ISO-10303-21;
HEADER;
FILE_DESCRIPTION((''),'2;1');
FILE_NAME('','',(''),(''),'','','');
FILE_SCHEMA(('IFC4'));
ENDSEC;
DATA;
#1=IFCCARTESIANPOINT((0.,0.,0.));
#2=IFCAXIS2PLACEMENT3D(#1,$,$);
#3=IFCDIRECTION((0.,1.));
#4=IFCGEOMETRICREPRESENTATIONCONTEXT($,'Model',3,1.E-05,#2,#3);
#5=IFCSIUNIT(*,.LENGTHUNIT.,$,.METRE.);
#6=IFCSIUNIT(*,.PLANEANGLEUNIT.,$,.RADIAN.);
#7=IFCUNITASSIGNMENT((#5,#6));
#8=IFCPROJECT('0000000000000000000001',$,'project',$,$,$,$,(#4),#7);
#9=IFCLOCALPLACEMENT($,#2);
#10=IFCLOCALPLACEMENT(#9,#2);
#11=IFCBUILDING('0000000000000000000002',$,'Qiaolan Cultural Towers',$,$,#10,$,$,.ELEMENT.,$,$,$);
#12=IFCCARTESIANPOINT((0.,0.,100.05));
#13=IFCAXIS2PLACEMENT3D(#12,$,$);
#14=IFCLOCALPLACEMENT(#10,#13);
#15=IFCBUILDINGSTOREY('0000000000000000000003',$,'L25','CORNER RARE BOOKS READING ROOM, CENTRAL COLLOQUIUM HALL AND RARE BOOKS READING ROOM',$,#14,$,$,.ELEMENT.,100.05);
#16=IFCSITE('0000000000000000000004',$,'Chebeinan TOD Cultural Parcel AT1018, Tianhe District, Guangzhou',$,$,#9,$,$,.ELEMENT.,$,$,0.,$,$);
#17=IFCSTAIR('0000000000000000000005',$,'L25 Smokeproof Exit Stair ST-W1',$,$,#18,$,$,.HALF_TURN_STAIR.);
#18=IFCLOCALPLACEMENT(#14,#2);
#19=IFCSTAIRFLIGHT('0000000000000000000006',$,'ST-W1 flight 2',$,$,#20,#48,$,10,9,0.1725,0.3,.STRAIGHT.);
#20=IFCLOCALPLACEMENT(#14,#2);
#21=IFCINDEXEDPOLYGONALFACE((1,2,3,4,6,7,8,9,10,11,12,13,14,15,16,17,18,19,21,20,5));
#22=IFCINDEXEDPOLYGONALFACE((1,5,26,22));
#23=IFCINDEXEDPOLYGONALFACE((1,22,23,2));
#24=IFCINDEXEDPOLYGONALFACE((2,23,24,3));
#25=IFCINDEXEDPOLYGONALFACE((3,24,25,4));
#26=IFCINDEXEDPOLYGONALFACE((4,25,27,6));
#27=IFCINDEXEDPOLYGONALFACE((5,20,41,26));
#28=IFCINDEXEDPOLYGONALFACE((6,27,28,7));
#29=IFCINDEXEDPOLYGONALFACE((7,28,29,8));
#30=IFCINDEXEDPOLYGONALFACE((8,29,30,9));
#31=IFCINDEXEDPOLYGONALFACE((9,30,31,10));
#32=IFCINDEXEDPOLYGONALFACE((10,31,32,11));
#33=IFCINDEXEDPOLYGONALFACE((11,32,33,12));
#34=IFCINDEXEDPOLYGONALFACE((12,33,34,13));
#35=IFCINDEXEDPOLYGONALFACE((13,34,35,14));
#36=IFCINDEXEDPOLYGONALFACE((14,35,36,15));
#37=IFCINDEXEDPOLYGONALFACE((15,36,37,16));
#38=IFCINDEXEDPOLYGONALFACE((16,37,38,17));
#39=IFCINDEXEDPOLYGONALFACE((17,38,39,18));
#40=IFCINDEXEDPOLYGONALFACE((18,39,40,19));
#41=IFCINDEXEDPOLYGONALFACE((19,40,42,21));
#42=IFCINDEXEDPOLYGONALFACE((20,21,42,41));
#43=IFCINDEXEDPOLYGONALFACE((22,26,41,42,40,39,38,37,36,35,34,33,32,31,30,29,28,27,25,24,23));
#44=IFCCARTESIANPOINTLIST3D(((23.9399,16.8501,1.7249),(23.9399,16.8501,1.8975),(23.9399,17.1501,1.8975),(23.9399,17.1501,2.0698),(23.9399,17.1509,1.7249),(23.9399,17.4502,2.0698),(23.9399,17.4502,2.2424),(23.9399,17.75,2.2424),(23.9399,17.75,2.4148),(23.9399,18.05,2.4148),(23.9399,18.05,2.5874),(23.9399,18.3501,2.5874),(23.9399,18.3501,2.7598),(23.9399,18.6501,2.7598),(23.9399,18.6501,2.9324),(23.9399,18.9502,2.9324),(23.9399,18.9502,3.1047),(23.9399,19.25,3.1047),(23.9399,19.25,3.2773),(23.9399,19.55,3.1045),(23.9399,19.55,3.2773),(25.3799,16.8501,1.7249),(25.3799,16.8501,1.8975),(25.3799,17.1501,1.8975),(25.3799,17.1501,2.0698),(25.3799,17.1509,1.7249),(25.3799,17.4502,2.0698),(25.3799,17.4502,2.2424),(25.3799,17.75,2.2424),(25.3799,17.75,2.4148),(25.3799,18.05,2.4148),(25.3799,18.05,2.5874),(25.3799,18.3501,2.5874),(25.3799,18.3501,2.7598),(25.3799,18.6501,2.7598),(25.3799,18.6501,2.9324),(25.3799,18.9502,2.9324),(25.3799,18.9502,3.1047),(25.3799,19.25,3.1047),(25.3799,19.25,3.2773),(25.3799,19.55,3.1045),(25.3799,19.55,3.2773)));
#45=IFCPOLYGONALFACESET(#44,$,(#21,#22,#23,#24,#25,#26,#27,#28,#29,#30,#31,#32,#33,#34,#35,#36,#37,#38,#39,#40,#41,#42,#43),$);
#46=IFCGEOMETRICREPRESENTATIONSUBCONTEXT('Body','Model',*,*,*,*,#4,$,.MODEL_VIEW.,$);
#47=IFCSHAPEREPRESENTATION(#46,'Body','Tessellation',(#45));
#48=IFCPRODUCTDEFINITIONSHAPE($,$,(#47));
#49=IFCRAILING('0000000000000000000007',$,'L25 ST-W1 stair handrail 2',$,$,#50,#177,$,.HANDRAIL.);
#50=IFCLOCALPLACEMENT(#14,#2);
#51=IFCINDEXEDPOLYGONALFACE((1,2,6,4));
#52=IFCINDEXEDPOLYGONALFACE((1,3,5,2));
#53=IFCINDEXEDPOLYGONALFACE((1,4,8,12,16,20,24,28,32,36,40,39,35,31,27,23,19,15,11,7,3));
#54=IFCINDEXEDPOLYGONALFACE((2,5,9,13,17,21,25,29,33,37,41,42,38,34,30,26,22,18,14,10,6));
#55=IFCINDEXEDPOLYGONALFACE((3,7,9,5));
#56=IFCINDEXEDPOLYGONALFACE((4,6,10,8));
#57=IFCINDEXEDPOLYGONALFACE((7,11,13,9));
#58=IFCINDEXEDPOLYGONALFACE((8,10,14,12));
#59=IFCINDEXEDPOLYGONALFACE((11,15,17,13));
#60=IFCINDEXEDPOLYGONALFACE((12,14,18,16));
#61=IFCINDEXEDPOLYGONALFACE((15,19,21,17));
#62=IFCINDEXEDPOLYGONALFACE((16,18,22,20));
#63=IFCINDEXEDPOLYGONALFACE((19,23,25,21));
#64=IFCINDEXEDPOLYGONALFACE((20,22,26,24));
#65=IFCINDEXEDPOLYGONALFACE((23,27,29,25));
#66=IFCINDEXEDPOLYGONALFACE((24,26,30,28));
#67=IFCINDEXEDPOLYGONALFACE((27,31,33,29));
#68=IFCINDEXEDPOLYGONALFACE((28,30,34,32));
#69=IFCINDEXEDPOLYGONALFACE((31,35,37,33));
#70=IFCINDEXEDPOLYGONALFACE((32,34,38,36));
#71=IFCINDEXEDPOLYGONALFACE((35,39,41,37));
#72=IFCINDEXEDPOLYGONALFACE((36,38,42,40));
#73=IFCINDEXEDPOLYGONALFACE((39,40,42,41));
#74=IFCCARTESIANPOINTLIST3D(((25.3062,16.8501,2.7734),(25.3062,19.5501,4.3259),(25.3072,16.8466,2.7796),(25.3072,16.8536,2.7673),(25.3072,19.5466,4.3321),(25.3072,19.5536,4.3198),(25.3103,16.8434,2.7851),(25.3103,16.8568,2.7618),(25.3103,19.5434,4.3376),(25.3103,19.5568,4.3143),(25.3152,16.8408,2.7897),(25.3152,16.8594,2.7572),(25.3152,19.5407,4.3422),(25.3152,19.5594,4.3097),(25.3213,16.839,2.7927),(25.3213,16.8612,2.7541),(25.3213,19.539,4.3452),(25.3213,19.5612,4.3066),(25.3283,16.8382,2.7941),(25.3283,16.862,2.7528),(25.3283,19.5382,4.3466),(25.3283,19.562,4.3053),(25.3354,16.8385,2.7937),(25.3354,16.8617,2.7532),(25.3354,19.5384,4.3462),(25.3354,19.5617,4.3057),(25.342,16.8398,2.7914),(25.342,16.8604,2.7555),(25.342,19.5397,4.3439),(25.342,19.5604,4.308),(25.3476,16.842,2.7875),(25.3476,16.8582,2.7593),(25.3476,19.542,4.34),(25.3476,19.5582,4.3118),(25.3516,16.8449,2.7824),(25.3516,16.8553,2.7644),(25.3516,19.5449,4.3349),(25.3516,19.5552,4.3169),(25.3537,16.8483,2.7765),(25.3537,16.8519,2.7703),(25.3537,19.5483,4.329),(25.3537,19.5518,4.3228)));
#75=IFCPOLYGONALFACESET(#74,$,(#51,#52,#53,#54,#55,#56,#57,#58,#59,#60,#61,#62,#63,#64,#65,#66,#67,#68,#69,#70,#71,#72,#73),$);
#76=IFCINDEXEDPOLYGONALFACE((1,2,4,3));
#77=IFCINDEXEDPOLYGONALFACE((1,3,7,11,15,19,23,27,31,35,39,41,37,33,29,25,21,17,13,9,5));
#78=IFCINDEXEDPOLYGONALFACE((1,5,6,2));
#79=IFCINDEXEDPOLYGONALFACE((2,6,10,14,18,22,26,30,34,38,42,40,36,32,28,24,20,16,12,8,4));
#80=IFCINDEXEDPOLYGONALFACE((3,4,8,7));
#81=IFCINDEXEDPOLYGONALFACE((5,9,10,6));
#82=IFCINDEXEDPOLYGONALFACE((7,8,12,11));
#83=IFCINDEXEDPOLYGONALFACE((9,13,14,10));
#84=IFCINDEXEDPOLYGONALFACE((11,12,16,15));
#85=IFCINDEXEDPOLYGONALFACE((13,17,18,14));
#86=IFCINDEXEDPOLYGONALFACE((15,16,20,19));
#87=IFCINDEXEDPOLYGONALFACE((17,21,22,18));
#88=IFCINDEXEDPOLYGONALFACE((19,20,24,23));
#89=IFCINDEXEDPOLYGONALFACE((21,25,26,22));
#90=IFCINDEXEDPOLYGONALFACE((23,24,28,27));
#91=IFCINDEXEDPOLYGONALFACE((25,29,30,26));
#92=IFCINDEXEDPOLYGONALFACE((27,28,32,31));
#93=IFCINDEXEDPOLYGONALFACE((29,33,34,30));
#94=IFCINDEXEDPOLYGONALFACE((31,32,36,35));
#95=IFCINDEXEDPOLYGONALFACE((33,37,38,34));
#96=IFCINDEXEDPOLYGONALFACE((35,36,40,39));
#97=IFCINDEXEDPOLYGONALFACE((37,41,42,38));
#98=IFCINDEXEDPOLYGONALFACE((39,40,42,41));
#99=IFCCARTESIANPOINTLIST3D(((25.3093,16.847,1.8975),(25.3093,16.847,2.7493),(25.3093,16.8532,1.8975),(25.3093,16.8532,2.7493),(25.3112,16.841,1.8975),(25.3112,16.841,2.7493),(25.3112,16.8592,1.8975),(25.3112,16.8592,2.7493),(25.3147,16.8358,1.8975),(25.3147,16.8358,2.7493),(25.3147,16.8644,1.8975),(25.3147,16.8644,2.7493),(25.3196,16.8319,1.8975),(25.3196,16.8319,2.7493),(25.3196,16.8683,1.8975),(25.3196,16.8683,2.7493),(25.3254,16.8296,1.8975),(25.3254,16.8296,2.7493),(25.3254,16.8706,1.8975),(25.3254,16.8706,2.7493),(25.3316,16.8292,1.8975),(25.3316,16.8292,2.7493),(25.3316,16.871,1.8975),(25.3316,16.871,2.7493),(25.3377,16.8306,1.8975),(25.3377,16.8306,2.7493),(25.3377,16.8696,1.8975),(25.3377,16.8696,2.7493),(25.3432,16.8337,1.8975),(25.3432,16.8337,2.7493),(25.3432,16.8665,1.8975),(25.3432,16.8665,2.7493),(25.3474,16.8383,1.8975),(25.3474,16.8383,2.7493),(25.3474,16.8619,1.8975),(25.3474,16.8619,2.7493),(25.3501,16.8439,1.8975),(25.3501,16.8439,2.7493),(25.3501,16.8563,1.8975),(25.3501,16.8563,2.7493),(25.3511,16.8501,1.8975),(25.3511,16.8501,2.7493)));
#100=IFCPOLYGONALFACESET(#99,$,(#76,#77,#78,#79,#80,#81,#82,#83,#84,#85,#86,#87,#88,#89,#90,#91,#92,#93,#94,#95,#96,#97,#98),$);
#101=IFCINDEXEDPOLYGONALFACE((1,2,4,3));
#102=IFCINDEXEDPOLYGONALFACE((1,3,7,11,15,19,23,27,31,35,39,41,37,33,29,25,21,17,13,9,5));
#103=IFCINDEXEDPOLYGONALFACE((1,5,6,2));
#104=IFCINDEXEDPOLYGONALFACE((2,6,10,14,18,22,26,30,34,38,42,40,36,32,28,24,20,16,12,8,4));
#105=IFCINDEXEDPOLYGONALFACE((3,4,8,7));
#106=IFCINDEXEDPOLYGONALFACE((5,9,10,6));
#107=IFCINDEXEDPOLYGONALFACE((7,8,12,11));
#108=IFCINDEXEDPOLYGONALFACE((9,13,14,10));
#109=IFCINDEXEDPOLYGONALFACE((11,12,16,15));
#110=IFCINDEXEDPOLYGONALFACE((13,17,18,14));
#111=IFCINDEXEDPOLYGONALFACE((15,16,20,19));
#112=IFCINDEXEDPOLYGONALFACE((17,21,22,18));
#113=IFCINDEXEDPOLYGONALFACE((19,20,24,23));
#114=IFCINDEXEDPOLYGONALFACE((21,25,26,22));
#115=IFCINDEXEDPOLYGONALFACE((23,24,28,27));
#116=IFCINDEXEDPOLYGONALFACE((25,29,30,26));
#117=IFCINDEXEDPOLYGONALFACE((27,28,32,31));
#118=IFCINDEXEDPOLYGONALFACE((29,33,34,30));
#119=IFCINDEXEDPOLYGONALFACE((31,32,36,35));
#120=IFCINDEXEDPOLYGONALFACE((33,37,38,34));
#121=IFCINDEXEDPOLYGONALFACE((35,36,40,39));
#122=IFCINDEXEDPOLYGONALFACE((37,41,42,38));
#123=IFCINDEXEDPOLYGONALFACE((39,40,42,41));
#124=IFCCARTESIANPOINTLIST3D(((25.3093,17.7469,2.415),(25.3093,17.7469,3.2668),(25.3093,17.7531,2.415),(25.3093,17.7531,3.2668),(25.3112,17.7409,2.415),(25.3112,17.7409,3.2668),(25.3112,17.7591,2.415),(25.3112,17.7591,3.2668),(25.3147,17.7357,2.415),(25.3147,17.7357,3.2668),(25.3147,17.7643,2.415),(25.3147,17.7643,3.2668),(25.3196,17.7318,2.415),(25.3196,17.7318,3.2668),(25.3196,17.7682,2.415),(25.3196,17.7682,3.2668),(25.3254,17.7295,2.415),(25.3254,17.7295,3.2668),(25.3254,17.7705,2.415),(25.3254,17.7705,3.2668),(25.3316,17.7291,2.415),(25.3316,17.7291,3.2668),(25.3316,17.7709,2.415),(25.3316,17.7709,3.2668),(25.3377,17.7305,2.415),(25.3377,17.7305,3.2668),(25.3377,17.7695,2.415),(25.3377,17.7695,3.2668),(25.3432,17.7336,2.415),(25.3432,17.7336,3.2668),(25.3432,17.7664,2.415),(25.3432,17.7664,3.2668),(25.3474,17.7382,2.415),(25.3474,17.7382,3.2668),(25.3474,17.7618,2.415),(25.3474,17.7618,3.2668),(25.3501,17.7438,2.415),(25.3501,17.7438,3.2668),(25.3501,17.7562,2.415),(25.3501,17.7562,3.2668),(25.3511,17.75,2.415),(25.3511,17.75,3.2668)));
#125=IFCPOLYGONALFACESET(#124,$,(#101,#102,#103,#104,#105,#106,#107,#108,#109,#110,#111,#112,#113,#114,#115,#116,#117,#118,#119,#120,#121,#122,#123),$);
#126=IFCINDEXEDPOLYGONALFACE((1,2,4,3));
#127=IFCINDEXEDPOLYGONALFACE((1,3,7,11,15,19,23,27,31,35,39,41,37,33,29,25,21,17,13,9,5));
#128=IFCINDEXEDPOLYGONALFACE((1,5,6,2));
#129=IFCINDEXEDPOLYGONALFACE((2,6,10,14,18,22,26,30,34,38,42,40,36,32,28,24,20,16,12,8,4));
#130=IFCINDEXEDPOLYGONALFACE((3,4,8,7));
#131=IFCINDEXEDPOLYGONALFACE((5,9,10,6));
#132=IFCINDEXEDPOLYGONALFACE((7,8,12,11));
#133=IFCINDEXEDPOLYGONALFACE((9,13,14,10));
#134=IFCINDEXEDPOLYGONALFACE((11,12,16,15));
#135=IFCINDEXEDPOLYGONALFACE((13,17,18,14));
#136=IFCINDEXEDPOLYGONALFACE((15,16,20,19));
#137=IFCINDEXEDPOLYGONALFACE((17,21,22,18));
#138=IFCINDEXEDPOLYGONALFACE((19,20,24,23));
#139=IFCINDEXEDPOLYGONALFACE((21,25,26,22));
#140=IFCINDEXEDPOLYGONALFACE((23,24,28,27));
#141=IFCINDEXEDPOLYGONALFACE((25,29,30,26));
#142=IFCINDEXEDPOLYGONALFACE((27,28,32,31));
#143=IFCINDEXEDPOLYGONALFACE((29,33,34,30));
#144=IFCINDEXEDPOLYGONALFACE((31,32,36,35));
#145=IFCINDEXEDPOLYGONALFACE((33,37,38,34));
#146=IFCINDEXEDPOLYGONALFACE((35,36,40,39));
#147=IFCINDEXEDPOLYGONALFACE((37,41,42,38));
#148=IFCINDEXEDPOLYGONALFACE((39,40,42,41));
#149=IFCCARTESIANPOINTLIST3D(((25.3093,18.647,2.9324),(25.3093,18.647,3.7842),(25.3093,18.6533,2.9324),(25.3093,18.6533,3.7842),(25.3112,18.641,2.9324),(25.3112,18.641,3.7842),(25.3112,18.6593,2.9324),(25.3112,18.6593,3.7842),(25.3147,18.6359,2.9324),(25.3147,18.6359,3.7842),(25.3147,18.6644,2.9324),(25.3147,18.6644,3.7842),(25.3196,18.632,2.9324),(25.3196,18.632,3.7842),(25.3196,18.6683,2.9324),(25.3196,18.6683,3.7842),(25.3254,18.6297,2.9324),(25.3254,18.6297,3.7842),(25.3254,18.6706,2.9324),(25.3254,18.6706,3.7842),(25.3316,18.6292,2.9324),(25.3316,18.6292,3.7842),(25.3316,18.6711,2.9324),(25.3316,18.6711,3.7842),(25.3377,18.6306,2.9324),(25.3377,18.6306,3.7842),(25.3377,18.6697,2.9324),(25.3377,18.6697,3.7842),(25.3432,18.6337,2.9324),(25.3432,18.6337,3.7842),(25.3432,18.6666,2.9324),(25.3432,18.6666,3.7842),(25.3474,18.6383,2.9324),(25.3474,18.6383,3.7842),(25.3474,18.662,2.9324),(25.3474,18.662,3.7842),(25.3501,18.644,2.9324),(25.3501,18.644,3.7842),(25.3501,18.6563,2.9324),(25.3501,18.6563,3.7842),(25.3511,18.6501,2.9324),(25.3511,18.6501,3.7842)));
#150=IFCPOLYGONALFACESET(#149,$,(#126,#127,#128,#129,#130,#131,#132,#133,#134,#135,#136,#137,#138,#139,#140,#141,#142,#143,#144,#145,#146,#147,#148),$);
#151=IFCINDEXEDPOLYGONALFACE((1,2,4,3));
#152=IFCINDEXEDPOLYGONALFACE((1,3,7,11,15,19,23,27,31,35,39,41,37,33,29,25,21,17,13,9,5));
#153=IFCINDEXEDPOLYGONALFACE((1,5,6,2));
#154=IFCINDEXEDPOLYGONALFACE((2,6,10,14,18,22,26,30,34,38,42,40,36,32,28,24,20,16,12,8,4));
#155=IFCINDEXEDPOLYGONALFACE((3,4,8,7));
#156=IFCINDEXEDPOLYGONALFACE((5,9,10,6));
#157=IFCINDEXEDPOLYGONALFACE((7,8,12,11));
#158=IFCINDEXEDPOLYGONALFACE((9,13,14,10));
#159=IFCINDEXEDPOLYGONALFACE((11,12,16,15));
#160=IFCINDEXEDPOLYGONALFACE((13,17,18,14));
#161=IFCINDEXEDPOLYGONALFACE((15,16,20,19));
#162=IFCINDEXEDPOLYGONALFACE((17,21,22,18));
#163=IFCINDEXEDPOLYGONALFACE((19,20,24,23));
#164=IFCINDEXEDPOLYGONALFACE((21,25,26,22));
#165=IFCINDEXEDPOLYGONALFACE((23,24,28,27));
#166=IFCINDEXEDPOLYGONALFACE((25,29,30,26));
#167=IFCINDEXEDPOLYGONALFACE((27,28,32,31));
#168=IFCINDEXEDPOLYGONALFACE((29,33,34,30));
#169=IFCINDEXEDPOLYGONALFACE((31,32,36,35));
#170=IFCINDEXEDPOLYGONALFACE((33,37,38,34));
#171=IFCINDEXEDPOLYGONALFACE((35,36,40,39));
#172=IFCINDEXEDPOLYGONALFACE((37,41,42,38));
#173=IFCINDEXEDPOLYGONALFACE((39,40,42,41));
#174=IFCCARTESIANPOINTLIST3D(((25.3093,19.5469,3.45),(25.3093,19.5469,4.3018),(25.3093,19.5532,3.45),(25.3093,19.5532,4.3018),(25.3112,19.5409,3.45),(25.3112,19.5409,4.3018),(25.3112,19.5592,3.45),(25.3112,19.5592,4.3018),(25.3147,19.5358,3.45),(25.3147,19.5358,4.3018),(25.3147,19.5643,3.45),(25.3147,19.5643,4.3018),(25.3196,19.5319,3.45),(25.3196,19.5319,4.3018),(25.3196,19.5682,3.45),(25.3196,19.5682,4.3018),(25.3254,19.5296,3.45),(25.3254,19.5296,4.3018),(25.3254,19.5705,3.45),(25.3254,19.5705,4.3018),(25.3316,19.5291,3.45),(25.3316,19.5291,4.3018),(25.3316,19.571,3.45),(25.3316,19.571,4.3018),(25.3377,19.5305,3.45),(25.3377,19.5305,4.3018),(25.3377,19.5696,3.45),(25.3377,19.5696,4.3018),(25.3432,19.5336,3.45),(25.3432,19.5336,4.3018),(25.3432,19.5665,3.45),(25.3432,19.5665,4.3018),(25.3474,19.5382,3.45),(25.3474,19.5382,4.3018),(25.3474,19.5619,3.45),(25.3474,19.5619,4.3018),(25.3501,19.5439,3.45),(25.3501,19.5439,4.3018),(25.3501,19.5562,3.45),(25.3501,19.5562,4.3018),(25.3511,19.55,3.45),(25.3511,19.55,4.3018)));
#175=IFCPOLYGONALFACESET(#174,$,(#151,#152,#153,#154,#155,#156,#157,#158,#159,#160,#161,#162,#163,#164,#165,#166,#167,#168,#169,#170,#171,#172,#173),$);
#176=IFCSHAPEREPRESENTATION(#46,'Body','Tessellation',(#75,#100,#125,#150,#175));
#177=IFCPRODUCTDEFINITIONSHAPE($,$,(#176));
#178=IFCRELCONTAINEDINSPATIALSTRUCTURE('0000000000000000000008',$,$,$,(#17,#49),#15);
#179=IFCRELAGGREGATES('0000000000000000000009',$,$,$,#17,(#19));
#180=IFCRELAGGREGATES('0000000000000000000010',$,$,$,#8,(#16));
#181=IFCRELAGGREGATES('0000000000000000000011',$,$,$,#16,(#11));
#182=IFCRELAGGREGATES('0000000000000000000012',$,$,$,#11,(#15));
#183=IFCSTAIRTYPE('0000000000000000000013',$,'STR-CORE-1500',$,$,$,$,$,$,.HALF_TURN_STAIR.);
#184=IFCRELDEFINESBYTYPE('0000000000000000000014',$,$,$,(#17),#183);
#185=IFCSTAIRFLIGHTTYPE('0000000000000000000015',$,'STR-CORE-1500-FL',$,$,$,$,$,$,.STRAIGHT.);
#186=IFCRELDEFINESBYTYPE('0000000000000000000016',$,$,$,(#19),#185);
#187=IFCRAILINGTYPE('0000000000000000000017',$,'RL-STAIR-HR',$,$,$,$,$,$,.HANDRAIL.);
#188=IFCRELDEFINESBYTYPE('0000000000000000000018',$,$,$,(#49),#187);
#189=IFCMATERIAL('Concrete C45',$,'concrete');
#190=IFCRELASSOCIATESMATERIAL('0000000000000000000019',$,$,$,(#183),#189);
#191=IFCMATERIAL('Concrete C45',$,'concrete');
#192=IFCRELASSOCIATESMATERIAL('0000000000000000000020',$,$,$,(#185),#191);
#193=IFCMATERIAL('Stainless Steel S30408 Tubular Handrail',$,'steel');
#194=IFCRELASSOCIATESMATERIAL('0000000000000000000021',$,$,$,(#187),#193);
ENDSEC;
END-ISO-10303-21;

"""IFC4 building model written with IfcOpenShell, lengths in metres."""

from ifc_helpers import new_model, si_unit, direction, frame, origin, origin_2d, place, context, subcontext, project, spatial, polyline, circle, outline, extrude, material, type_object, element, aggregate, save


model = new_model("IFC4")

# Units and contexts
model_context = context("Model", 3, precision=1e-05, world=origin(), true_north=direction((0.0, 1.0)))
body_context = subcontext(model_context, "Body", "Model", "MODEL_VIEW")
ifc_project = project(units=[si_unit("LENGTHUNIT", "METRE"), si_unit("PLANEANGLEUNIT", "RADIAN")], contexts=[model_context])

# Site, building, storey
site_placement = place(None, origin())
site = spatial("IfcSite", under=ifc_project, at=site_placement, Name="Chebeinan TOD Cultural Parcel AT1018, Tianhe District, Guangzhou", CompositionType="ELEMENT", RefElevation=0.0)
building_placement = place(site_placement, origin())
building = spatial("IfcBuilding", under=site, at=building_placement, Name="Qiaolan Cultural Towers", CompositionType="ELEMENT")
storey_placement = place(building_placement, frame((0.0, 0.0, 100.05)))
storey = spatial("IfcBuildingStorey", under=building, at=storey_placement, Name="L25", Description="CORNER RARE BOOKS READING ROOM, CENTRAL COLLOQUIUM HALL AND RARE BOOKS READING ROOM", CompositionType="ELEMENT", Elevation=100.05)

# Stair, stair flight
ifc_material_1 = material(Name="Concrete C45", Category="concrete")
stair_type = type_object("IfcStairType", Name="STR-CORE-1500", PredefinedType="HALF_TURN_STAIR", material=ifc_material_1)
stair_placement = place(storey_placement, origin())
stair = element("IfcStair", 1, at=stair_placement, inside=storey, type_object=stair_type, Name="L25 Smokeproof Exit Stair ST-W1", PredefinedType="HALF_TURN_STAIR")
ifc_material_2 = material(Name="Concrete C45", Category="concrete")
stair_flight_type = type_object("IfcStairFlightType", Name="STR-CORE-1500-FL", PredefinedType="STRAIGHT", material=ifc_material_2)
stair_flight_placement = place(storey_placement, frame((24.6599, 16.8501, 1.7249), z_axis=(0.0, 0.0, 1.0), x_axis=(0.0, 1.0, 0.0)))
stair_flight = element("IfcStairFlight", 2, at=stair_flight_placement, type_object=stair_flight_type, Name="ST-W1 flight 2", NumberOfRisers=10, NumberOfTreads=9, PredefinedType="STRAIGHT", RiserHeight=0.1725, TreadLength=0.3, context=body_context, shape_type="SweptSolid", body=[
    extrude(outline(polyline([(0.0, 0.0), (0.0, 0.1726), (0.3, 0.1726), (0.3, 0.345), (0.6001, 0.345), (0.6001, 0.5176), (0.8999, 0.5176), (0.8999, 0.6899), (1.2, 0.6899), (1.2, 0.8625), (1.5, 0.8625), (1.5, 1.0349), (1.8, 1.0349), (1.8, 1.2075), (2.1001, 1.2075), (2.1001, 1.3799), (2.3999, 1.3799), (2.3999, 1.5525), (2.7, 1.5525), (2.7, 1.7251), (2.7, 1.3796), (0.3008, 0.0), (0.0, 0.0)])), frame((0.0, 0.72, 0.0), z_axis=(0.0, -1.0, 0.0), x_axis=(1.0, 0.0, 0.0)), (0.0, 0.0, 1.0), 1.4399),
])
aggregate(stair, [stair_flight])

# Railing
ifc_material_3 = material(Name="Stainless Steel S30408 Tubular Handrail", Category="steel")
railing_type = type_object("IfcRailingType", Name="RL-STAIR-HR", PredefinedType="HANDRAIL", material=ifc_material_3)
railing_placement = place(storey_placement, frame((25.3301, 16.8501, 1.8975)))
element("IfcRailing", 3, at=railing_placement, inside=storey, type_object=railing_type, Name="L25 ST-W1 stair handrail 2", PredefinedType="HANDRAIL", context=body_context, shape_type="SweptSolid", body=[
    extrude(circle(Radius=0.0239, at=origin_2d()), frame((0.0, 0.0, 0.876), z_axis=(0.0, 0.866904, 0.498476), x_axis=(-1.0, 0.0, 0.0)), (0.0, 0.0, 1.0), 3.1145),
    extrude(circle(Radius=0.021, at=origin_2d()), origin(), (0.0, 0.0, 1.0), 0.8518),
    extrude(circle(Radius=0.021, at=origin_2d()), frame((0.0, 0.8999, 0.5176)), (0.0, 0.0, 1.0), 0.8518),
    extrude(circle(Radius=0.021, at=origin_2d()), frame((0.0, 1.8, 1.0349)), (0.0, 0.0, 1.0), 0.8518),
    extrude(circle(Radius=0.021, at=origin_2d()), frame((0.0, 2.7, 1.5525)), (0.0, 0.0, 1.0), 0.8518),
])

save(model, "model.ifc")
